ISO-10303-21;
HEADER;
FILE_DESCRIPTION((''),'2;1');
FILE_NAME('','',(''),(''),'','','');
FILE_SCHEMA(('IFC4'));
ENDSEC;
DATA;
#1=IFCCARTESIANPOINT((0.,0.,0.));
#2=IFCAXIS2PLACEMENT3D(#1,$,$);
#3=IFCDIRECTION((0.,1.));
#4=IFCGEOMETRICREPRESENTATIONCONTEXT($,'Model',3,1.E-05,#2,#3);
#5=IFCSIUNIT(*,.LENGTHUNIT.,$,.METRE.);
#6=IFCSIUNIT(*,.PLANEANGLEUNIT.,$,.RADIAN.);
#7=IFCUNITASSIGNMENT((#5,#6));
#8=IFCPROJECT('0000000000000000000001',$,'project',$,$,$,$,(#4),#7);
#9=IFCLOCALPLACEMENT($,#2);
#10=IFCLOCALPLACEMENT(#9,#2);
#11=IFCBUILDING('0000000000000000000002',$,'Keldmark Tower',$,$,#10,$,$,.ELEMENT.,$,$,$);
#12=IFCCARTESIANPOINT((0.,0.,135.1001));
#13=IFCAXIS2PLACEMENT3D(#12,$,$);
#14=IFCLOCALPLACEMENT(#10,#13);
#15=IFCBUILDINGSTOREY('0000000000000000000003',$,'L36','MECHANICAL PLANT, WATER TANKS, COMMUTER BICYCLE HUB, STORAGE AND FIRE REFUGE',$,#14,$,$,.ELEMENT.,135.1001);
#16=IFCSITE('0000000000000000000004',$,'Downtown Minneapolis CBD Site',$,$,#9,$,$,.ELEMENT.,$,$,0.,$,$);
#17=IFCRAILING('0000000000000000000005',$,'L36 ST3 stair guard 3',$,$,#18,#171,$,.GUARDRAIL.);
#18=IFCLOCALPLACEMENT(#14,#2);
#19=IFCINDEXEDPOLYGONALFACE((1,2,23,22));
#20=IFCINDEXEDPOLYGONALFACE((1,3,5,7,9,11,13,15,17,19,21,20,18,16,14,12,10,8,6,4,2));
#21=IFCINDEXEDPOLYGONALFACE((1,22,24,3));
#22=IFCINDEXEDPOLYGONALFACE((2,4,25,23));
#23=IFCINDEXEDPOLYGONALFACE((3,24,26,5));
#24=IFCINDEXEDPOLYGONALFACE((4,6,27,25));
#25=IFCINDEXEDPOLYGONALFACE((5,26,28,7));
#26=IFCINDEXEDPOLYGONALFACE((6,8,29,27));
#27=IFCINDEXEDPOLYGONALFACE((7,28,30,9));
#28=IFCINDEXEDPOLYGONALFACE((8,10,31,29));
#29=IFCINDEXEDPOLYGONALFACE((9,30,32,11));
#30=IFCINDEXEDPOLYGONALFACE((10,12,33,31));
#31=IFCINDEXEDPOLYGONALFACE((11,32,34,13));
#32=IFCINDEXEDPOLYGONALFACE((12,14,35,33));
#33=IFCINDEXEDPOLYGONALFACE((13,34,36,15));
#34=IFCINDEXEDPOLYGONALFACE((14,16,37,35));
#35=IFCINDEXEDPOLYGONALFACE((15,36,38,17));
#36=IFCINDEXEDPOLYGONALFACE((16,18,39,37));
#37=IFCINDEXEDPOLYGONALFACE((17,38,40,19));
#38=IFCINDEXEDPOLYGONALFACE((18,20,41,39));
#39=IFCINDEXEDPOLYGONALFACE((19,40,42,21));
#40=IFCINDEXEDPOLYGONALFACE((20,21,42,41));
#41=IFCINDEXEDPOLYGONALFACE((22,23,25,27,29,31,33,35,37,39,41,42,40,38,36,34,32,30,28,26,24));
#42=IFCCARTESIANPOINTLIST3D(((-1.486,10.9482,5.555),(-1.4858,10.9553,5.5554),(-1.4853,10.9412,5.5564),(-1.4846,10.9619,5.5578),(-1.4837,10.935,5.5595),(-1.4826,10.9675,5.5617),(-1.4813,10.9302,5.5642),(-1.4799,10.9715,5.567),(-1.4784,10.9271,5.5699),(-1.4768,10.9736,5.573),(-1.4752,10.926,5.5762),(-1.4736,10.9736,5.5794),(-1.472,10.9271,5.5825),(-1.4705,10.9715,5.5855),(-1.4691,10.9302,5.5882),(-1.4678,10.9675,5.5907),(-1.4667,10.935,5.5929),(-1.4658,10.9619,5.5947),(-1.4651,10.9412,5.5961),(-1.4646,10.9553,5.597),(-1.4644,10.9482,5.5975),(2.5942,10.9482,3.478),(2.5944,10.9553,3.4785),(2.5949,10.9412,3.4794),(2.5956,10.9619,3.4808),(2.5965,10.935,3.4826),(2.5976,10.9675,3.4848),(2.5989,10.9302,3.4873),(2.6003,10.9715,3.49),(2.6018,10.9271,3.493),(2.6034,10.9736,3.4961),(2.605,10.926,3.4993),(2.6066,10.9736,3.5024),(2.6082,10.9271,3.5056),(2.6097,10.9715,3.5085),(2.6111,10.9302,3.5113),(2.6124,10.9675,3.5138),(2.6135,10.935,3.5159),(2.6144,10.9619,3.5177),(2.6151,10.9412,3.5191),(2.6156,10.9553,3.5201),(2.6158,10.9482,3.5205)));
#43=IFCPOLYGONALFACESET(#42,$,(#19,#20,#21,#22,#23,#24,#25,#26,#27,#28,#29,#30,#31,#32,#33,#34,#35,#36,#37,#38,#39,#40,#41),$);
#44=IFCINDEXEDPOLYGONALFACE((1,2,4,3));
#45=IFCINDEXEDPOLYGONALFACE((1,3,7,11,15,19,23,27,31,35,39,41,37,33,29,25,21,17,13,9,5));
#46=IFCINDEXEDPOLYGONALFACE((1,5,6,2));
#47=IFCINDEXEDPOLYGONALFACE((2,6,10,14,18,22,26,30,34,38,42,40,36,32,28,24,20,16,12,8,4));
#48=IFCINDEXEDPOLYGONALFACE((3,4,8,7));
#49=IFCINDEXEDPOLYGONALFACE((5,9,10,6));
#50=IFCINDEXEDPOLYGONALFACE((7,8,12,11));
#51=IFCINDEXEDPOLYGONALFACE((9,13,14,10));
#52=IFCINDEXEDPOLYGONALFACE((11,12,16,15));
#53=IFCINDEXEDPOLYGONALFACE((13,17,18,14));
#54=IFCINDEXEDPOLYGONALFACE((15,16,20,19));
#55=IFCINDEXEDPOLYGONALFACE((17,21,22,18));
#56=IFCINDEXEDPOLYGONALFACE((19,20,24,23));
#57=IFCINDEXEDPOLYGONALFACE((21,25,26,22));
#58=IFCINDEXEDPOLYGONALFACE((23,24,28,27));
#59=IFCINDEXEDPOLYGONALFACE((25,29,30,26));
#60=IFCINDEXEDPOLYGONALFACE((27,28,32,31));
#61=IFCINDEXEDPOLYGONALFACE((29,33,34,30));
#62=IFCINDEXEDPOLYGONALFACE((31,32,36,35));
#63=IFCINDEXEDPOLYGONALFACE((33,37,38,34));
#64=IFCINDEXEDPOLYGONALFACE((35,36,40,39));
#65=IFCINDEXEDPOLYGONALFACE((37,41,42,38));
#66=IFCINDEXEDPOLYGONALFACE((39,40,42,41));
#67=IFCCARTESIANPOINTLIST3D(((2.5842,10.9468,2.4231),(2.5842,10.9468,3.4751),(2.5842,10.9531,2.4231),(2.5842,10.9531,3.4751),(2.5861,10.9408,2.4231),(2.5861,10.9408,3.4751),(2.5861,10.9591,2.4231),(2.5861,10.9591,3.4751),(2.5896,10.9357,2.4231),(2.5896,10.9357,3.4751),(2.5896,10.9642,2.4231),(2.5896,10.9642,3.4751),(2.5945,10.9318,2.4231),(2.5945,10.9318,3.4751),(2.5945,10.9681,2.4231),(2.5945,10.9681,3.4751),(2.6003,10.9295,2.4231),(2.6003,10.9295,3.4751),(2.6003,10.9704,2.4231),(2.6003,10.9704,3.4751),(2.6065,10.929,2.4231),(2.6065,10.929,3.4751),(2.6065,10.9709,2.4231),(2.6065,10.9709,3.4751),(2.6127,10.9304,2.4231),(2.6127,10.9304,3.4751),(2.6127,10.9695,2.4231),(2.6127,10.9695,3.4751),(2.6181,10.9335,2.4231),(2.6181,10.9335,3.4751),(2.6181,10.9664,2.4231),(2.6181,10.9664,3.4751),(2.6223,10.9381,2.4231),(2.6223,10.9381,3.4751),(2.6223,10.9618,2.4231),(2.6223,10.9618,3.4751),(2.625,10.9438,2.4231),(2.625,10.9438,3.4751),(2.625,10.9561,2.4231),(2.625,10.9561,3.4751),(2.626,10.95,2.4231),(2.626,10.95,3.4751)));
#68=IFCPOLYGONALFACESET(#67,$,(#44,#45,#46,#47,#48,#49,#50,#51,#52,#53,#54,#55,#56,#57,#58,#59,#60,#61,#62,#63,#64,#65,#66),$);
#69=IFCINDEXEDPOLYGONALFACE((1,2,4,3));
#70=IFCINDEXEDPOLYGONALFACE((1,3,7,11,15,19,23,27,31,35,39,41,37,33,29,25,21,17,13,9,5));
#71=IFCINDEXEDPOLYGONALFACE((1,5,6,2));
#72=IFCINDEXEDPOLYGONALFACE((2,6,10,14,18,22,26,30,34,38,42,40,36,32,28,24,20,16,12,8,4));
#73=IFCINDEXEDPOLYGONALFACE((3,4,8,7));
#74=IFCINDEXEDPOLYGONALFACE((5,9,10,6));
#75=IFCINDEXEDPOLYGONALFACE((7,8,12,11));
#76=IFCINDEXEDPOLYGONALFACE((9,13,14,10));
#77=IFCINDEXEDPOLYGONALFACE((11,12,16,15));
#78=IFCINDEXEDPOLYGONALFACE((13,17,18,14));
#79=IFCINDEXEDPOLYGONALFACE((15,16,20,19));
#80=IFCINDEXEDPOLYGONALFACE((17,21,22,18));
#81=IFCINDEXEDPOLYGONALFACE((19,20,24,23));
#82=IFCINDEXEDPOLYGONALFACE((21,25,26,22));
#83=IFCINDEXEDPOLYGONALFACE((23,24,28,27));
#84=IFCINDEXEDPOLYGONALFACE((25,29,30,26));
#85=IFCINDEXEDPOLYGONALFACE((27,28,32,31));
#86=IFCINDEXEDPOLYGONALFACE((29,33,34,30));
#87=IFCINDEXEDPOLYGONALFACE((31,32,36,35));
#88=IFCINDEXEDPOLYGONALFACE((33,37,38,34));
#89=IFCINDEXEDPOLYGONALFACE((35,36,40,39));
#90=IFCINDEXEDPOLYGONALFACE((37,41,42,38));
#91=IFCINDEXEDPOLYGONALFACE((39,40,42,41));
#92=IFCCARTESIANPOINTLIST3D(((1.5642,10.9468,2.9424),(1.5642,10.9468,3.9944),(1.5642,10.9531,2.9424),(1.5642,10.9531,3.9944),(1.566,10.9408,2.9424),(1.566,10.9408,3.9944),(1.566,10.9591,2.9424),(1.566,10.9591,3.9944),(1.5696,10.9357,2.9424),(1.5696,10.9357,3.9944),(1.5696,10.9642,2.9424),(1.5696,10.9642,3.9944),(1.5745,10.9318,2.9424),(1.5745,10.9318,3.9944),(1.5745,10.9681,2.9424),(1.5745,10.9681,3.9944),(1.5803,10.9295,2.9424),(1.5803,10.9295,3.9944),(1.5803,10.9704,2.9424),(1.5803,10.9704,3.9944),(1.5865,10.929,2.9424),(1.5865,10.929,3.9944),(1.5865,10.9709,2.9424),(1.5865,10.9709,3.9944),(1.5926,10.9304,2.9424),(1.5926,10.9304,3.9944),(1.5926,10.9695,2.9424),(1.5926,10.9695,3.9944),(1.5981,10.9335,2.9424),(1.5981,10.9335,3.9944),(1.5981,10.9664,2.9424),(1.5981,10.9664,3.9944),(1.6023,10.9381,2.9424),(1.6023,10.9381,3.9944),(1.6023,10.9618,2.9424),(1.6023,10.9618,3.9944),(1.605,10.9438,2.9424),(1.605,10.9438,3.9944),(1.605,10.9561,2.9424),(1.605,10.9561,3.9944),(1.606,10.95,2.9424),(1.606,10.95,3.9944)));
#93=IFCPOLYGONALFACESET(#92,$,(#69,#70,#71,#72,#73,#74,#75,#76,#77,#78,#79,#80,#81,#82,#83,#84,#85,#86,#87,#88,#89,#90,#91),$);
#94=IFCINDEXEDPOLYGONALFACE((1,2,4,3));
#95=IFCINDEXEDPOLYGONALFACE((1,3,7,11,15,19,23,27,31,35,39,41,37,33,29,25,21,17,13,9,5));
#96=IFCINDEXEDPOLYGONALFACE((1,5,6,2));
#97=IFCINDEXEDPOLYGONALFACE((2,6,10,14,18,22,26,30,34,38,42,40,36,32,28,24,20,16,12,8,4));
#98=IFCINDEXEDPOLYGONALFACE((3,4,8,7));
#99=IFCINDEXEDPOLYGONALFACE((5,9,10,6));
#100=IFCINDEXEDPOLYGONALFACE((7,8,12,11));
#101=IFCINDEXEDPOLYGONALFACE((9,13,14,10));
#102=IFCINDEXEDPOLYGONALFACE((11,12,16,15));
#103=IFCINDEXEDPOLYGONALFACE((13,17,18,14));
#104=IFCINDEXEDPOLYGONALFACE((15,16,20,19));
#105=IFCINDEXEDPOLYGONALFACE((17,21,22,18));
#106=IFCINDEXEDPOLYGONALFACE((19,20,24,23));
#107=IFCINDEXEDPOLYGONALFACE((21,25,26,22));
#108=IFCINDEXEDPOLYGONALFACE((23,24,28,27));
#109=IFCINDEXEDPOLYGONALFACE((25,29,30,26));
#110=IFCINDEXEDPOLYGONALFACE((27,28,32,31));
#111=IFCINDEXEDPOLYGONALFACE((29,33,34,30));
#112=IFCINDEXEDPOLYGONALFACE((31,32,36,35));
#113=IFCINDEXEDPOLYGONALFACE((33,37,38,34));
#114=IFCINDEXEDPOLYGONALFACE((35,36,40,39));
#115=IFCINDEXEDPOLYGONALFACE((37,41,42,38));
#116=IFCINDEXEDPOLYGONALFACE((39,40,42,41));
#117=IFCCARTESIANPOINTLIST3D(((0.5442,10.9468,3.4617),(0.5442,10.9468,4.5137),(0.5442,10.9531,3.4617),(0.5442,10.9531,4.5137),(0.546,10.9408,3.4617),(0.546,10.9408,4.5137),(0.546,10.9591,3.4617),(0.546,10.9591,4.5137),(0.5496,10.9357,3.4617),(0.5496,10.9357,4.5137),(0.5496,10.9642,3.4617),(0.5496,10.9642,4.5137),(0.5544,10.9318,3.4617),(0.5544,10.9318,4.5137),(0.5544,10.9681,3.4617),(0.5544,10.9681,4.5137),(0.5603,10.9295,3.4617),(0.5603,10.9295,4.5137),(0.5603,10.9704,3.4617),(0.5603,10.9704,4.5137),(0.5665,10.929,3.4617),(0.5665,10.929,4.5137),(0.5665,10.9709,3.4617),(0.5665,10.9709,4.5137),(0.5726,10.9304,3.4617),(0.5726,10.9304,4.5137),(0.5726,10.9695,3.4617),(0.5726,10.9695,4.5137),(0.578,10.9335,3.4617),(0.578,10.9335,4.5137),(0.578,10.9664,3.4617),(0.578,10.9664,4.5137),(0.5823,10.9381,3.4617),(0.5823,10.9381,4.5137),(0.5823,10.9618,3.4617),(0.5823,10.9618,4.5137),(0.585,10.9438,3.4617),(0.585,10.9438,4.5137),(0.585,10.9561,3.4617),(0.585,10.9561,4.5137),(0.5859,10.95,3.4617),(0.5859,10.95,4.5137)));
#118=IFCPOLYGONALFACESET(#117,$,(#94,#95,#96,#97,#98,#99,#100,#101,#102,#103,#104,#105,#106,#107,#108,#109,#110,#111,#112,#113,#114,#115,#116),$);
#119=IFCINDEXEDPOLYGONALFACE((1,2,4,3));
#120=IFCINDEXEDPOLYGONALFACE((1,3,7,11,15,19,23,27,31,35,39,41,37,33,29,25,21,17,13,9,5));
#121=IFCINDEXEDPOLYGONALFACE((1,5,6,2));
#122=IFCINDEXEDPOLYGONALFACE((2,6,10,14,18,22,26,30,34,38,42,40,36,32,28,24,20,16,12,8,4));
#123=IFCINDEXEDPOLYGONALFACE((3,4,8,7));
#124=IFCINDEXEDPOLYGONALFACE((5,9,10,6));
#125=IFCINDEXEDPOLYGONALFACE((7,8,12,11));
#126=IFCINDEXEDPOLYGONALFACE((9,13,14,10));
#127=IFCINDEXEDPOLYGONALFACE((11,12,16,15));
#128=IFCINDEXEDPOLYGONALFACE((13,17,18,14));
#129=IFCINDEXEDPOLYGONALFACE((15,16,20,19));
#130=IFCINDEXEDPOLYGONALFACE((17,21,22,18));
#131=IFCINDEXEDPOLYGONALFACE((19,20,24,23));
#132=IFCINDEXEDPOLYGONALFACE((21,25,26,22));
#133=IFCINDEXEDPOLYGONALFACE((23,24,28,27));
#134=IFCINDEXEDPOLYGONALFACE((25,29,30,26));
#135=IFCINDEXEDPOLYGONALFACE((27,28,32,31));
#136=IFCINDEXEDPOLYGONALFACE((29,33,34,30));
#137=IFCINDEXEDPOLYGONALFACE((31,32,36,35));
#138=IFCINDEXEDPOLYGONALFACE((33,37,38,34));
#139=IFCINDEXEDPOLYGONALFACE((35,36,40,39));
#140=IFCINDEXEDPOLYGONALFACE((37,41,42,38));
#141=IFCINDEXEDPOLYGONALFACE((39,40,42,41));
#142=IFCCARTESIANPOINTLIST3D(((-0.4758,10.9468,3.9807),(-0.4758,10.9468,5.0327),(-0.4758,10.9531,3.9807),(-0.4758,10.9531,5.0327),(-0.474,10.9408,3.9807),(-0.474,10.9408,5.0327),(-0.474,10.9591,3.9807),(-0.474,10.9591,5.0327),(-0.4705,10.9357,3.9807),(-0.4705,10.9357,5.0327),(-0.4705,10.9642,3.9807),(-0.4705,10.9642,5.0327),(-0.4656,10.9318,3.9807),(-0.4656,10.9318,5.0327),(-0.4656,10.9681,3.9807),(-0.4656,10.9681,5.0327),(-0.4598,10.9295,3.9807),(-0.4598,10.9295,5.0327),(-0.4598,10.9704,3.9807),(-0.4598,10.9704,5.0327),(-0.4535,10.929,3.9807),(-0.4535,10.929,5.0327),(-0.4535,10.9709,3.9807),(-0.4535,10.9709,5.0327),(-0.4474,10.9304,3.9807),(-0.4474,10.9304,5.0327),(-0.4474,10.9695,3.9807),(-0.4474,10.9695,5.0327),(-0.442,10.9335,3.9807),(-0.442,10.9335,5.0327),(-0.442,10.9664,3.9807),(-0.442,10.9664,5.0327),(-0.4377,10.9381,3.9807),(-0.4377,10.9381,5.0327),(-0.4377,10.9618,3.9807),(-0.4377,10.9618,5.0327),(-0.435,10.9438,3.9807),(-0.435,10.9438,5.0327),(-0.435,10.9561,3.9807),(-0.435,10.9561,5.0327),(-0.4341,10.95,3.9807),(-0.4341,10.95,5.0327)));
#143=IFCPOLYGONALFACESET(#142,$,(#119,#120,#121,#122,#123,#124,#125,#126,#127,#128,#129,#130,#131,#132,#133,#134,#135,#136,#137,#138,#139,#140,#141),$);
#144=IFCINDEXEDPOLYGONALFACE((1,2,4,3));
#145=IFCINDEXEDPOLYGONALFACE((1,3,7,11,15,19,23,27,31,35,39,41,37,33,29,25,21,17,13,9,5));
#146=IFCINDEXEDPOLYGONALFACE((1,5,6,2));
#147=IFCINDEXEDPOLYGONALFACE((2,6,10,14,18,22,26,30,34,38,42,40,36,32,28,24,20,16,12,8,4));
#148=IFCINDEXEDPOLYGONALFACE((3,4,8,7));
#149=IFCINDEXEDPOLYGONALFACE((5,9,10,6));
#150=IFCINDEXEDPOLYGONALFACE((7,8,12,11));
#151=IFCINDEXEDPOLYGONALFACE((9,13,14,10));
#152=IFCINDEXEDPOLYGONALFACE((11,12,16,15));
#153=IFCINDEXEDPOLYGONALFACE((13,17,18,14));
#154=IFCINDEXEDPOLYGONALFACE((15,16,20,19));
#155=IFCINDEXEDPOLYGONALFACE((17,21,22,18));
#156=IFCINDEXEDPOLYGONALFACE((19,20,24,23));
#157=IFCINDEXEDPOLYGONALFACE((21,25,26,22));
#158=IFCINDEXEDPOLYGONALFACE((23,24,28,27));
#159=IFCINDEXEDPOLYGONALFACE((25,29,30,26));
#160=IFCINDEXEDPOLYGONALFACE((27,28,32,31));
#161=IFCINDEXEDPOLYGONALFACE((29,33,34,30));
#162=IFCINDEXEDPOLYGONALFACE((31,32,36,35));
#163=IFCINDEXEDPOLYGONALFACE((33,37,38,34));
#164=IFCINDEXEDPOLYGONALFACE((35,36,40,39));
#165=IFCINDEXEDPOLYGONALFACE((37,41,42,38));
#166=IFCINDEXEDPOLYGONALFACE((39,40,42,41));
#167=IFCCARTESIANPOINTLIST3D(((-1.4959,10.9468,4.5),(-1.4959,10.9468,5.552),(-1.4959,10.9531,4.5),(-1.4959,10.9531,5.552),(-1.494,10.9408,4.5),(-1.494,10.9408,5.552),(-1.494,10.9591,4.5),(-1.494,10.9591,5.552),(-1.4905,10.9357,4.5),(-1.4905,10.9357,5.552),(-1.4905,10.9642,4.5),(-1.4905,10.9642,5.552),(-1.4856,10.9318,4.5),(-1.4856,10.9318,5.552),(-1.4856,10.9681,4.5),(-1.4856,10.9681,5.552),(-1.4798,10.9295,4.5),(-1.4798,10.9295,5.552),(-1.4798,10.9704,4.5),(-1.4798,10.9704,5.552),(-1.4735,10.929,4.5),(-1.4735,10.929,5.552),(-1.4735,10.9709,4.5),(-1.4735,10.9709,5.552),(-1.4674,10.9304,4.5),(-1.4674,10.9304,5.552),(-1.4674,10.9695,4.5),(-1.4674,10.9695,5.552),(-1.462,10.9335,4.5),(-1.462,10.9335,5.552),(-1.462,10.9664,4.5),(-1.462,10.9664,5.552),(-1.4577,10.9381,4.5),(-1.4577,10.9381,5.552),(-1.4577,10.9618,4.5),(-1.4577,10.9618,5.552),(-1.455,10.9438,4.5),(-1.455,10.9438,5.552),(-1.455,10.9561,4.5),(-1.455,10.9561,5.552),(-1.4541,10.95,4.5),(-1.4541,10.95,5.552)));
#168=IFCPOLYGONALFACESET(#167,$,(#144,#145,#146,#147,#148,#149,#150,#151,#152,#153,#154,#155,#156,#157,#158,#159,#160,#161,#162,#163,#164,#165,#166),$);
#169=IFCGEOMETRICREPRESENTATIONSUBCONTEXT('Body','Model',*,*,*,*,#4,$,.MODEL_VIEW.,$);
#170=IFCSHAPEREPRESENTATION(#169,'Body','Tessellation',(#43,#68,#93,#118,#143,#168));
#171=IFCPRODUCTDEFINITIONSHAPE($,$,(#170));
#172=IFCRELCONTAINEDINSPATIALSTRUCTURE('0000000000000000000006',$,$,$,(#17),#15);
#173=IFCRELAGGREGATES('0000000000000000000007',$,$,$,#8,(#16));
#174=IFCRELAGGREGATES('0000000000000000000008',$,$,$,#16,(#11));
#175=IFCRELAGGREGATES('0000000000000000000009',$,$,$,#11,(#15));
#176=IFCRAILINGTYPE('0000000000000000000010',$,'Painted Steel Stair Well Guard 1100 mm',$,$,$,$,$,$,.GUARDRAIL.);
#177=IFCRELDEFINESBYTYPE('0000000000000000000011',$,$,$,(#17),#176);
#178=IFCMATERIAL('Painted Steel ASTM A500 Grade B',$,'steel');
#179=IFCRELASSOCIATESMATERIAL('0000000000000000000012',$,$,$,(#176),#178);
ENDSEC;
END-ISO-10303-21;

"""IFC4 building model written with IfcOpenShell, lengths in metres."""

from ifc_helpers import new_model, si_unit, direction, frame, origin, origin_2d, place, context, subcontext, project, spatial, circle, extrude, material, type_object, element, save


model = new_model("IFC4")

# Units and contexts
model_context = context("Model", 3, precision=1e-05, world=origin(), true_north=direction((0.0, 1.0)))
body_context = subcontext(model_context, "Body", "Model", "MODEL_VIEW")
ifc_project = project(units=[si_unit("LENGTHUNIT", "METRE"), si_unit("PLANEANGLEUNIT", "RADIAN")], contexts=[model_context])

# Site, building, storey
site_placement = place(None, origin())
site = spatial("IfcSite", under=ifc_project, at=site_placement, Name="Downtown Minneapolis CBD Site", CompositionType="ELEMENT", RefElevation=0.0)
building_placement = place(site_placement, origin())
building = spatial("IfcBuilding", under=site, at=building_placement, Name="Keldmark Tower", CompositionType="ELEMENT")
storey_placement = place(building_placement, frame((0.0, 0.0, 135.1001)))
storey = spatial("IfcBuildingStorey", under=building, at=storey_placement, Name="L36", Description="MECHANICAL PLANT, WATER TANKS, COMMUTER BICYCLE HUB, STORAGE AND FIRE REFUGE", CompositionType="ELEMENT", Elevation=135.1001)

# Railing
ifc_material_1 = material(Name="Painted Steel ASTM A500 Grade B", Category="steel")
railing_type_1 = type_object("IfcRailingType", Name="Painted Steel Stair Well Guard 1100 mm", PredefinedType="GUARDRAIL", material=ifc_material_1)
railing_1_placement = place(storey_placement, frame((2.605, 10.95, 2.4231)))
element("IfcRailing", 1, at=railing_1_placement, inside=storey, type_object=railing_type_1, Name="L36 ST3 stair guard 3", PredefinedType="GUARDRAIL", context=body_context, shape_type="SweptSolid", body=[
    extrude(circle(Radius=0.0239, at=origin_2d()), frame((0.0, 0.0, 1.0762), z_axis=(-0.891183, 0.0, 0.453644), x_axis=(0.0, -1.0, 0.0)), (0.0, 0.0, 1.0), 4.5784),
    extrude(circle(Radius=0.021, at=origin_2d()), origin(), (0.0, 0.0, 1.0), 1.052),
    extrude(circle(Radius=0.021, at=origin_2d()), frame((-1.02, 0.0, 0.5193)), (0.0, 0.0, 1.0), 1.052),
    extrude(circle(Radius=0.021, at=origin_2d()), frame((-2.04, 0.0, 1.0386)), (0.0, 0.0, 1.0), 1.052),
    extrude(circle(Radius=0.021, at=origin_2d()), frame((-3.0601, 0.0, 1.5576)), (0.0, 0.0, 1.0), 1.052),
    extrude(circle(Radius=0.021, at=origin_2d()), frame((-4.0801, 0.0, 2.0769)), (0.0, 0.0, 1.0), 1.052),
])

save(model, "model.ifc")
